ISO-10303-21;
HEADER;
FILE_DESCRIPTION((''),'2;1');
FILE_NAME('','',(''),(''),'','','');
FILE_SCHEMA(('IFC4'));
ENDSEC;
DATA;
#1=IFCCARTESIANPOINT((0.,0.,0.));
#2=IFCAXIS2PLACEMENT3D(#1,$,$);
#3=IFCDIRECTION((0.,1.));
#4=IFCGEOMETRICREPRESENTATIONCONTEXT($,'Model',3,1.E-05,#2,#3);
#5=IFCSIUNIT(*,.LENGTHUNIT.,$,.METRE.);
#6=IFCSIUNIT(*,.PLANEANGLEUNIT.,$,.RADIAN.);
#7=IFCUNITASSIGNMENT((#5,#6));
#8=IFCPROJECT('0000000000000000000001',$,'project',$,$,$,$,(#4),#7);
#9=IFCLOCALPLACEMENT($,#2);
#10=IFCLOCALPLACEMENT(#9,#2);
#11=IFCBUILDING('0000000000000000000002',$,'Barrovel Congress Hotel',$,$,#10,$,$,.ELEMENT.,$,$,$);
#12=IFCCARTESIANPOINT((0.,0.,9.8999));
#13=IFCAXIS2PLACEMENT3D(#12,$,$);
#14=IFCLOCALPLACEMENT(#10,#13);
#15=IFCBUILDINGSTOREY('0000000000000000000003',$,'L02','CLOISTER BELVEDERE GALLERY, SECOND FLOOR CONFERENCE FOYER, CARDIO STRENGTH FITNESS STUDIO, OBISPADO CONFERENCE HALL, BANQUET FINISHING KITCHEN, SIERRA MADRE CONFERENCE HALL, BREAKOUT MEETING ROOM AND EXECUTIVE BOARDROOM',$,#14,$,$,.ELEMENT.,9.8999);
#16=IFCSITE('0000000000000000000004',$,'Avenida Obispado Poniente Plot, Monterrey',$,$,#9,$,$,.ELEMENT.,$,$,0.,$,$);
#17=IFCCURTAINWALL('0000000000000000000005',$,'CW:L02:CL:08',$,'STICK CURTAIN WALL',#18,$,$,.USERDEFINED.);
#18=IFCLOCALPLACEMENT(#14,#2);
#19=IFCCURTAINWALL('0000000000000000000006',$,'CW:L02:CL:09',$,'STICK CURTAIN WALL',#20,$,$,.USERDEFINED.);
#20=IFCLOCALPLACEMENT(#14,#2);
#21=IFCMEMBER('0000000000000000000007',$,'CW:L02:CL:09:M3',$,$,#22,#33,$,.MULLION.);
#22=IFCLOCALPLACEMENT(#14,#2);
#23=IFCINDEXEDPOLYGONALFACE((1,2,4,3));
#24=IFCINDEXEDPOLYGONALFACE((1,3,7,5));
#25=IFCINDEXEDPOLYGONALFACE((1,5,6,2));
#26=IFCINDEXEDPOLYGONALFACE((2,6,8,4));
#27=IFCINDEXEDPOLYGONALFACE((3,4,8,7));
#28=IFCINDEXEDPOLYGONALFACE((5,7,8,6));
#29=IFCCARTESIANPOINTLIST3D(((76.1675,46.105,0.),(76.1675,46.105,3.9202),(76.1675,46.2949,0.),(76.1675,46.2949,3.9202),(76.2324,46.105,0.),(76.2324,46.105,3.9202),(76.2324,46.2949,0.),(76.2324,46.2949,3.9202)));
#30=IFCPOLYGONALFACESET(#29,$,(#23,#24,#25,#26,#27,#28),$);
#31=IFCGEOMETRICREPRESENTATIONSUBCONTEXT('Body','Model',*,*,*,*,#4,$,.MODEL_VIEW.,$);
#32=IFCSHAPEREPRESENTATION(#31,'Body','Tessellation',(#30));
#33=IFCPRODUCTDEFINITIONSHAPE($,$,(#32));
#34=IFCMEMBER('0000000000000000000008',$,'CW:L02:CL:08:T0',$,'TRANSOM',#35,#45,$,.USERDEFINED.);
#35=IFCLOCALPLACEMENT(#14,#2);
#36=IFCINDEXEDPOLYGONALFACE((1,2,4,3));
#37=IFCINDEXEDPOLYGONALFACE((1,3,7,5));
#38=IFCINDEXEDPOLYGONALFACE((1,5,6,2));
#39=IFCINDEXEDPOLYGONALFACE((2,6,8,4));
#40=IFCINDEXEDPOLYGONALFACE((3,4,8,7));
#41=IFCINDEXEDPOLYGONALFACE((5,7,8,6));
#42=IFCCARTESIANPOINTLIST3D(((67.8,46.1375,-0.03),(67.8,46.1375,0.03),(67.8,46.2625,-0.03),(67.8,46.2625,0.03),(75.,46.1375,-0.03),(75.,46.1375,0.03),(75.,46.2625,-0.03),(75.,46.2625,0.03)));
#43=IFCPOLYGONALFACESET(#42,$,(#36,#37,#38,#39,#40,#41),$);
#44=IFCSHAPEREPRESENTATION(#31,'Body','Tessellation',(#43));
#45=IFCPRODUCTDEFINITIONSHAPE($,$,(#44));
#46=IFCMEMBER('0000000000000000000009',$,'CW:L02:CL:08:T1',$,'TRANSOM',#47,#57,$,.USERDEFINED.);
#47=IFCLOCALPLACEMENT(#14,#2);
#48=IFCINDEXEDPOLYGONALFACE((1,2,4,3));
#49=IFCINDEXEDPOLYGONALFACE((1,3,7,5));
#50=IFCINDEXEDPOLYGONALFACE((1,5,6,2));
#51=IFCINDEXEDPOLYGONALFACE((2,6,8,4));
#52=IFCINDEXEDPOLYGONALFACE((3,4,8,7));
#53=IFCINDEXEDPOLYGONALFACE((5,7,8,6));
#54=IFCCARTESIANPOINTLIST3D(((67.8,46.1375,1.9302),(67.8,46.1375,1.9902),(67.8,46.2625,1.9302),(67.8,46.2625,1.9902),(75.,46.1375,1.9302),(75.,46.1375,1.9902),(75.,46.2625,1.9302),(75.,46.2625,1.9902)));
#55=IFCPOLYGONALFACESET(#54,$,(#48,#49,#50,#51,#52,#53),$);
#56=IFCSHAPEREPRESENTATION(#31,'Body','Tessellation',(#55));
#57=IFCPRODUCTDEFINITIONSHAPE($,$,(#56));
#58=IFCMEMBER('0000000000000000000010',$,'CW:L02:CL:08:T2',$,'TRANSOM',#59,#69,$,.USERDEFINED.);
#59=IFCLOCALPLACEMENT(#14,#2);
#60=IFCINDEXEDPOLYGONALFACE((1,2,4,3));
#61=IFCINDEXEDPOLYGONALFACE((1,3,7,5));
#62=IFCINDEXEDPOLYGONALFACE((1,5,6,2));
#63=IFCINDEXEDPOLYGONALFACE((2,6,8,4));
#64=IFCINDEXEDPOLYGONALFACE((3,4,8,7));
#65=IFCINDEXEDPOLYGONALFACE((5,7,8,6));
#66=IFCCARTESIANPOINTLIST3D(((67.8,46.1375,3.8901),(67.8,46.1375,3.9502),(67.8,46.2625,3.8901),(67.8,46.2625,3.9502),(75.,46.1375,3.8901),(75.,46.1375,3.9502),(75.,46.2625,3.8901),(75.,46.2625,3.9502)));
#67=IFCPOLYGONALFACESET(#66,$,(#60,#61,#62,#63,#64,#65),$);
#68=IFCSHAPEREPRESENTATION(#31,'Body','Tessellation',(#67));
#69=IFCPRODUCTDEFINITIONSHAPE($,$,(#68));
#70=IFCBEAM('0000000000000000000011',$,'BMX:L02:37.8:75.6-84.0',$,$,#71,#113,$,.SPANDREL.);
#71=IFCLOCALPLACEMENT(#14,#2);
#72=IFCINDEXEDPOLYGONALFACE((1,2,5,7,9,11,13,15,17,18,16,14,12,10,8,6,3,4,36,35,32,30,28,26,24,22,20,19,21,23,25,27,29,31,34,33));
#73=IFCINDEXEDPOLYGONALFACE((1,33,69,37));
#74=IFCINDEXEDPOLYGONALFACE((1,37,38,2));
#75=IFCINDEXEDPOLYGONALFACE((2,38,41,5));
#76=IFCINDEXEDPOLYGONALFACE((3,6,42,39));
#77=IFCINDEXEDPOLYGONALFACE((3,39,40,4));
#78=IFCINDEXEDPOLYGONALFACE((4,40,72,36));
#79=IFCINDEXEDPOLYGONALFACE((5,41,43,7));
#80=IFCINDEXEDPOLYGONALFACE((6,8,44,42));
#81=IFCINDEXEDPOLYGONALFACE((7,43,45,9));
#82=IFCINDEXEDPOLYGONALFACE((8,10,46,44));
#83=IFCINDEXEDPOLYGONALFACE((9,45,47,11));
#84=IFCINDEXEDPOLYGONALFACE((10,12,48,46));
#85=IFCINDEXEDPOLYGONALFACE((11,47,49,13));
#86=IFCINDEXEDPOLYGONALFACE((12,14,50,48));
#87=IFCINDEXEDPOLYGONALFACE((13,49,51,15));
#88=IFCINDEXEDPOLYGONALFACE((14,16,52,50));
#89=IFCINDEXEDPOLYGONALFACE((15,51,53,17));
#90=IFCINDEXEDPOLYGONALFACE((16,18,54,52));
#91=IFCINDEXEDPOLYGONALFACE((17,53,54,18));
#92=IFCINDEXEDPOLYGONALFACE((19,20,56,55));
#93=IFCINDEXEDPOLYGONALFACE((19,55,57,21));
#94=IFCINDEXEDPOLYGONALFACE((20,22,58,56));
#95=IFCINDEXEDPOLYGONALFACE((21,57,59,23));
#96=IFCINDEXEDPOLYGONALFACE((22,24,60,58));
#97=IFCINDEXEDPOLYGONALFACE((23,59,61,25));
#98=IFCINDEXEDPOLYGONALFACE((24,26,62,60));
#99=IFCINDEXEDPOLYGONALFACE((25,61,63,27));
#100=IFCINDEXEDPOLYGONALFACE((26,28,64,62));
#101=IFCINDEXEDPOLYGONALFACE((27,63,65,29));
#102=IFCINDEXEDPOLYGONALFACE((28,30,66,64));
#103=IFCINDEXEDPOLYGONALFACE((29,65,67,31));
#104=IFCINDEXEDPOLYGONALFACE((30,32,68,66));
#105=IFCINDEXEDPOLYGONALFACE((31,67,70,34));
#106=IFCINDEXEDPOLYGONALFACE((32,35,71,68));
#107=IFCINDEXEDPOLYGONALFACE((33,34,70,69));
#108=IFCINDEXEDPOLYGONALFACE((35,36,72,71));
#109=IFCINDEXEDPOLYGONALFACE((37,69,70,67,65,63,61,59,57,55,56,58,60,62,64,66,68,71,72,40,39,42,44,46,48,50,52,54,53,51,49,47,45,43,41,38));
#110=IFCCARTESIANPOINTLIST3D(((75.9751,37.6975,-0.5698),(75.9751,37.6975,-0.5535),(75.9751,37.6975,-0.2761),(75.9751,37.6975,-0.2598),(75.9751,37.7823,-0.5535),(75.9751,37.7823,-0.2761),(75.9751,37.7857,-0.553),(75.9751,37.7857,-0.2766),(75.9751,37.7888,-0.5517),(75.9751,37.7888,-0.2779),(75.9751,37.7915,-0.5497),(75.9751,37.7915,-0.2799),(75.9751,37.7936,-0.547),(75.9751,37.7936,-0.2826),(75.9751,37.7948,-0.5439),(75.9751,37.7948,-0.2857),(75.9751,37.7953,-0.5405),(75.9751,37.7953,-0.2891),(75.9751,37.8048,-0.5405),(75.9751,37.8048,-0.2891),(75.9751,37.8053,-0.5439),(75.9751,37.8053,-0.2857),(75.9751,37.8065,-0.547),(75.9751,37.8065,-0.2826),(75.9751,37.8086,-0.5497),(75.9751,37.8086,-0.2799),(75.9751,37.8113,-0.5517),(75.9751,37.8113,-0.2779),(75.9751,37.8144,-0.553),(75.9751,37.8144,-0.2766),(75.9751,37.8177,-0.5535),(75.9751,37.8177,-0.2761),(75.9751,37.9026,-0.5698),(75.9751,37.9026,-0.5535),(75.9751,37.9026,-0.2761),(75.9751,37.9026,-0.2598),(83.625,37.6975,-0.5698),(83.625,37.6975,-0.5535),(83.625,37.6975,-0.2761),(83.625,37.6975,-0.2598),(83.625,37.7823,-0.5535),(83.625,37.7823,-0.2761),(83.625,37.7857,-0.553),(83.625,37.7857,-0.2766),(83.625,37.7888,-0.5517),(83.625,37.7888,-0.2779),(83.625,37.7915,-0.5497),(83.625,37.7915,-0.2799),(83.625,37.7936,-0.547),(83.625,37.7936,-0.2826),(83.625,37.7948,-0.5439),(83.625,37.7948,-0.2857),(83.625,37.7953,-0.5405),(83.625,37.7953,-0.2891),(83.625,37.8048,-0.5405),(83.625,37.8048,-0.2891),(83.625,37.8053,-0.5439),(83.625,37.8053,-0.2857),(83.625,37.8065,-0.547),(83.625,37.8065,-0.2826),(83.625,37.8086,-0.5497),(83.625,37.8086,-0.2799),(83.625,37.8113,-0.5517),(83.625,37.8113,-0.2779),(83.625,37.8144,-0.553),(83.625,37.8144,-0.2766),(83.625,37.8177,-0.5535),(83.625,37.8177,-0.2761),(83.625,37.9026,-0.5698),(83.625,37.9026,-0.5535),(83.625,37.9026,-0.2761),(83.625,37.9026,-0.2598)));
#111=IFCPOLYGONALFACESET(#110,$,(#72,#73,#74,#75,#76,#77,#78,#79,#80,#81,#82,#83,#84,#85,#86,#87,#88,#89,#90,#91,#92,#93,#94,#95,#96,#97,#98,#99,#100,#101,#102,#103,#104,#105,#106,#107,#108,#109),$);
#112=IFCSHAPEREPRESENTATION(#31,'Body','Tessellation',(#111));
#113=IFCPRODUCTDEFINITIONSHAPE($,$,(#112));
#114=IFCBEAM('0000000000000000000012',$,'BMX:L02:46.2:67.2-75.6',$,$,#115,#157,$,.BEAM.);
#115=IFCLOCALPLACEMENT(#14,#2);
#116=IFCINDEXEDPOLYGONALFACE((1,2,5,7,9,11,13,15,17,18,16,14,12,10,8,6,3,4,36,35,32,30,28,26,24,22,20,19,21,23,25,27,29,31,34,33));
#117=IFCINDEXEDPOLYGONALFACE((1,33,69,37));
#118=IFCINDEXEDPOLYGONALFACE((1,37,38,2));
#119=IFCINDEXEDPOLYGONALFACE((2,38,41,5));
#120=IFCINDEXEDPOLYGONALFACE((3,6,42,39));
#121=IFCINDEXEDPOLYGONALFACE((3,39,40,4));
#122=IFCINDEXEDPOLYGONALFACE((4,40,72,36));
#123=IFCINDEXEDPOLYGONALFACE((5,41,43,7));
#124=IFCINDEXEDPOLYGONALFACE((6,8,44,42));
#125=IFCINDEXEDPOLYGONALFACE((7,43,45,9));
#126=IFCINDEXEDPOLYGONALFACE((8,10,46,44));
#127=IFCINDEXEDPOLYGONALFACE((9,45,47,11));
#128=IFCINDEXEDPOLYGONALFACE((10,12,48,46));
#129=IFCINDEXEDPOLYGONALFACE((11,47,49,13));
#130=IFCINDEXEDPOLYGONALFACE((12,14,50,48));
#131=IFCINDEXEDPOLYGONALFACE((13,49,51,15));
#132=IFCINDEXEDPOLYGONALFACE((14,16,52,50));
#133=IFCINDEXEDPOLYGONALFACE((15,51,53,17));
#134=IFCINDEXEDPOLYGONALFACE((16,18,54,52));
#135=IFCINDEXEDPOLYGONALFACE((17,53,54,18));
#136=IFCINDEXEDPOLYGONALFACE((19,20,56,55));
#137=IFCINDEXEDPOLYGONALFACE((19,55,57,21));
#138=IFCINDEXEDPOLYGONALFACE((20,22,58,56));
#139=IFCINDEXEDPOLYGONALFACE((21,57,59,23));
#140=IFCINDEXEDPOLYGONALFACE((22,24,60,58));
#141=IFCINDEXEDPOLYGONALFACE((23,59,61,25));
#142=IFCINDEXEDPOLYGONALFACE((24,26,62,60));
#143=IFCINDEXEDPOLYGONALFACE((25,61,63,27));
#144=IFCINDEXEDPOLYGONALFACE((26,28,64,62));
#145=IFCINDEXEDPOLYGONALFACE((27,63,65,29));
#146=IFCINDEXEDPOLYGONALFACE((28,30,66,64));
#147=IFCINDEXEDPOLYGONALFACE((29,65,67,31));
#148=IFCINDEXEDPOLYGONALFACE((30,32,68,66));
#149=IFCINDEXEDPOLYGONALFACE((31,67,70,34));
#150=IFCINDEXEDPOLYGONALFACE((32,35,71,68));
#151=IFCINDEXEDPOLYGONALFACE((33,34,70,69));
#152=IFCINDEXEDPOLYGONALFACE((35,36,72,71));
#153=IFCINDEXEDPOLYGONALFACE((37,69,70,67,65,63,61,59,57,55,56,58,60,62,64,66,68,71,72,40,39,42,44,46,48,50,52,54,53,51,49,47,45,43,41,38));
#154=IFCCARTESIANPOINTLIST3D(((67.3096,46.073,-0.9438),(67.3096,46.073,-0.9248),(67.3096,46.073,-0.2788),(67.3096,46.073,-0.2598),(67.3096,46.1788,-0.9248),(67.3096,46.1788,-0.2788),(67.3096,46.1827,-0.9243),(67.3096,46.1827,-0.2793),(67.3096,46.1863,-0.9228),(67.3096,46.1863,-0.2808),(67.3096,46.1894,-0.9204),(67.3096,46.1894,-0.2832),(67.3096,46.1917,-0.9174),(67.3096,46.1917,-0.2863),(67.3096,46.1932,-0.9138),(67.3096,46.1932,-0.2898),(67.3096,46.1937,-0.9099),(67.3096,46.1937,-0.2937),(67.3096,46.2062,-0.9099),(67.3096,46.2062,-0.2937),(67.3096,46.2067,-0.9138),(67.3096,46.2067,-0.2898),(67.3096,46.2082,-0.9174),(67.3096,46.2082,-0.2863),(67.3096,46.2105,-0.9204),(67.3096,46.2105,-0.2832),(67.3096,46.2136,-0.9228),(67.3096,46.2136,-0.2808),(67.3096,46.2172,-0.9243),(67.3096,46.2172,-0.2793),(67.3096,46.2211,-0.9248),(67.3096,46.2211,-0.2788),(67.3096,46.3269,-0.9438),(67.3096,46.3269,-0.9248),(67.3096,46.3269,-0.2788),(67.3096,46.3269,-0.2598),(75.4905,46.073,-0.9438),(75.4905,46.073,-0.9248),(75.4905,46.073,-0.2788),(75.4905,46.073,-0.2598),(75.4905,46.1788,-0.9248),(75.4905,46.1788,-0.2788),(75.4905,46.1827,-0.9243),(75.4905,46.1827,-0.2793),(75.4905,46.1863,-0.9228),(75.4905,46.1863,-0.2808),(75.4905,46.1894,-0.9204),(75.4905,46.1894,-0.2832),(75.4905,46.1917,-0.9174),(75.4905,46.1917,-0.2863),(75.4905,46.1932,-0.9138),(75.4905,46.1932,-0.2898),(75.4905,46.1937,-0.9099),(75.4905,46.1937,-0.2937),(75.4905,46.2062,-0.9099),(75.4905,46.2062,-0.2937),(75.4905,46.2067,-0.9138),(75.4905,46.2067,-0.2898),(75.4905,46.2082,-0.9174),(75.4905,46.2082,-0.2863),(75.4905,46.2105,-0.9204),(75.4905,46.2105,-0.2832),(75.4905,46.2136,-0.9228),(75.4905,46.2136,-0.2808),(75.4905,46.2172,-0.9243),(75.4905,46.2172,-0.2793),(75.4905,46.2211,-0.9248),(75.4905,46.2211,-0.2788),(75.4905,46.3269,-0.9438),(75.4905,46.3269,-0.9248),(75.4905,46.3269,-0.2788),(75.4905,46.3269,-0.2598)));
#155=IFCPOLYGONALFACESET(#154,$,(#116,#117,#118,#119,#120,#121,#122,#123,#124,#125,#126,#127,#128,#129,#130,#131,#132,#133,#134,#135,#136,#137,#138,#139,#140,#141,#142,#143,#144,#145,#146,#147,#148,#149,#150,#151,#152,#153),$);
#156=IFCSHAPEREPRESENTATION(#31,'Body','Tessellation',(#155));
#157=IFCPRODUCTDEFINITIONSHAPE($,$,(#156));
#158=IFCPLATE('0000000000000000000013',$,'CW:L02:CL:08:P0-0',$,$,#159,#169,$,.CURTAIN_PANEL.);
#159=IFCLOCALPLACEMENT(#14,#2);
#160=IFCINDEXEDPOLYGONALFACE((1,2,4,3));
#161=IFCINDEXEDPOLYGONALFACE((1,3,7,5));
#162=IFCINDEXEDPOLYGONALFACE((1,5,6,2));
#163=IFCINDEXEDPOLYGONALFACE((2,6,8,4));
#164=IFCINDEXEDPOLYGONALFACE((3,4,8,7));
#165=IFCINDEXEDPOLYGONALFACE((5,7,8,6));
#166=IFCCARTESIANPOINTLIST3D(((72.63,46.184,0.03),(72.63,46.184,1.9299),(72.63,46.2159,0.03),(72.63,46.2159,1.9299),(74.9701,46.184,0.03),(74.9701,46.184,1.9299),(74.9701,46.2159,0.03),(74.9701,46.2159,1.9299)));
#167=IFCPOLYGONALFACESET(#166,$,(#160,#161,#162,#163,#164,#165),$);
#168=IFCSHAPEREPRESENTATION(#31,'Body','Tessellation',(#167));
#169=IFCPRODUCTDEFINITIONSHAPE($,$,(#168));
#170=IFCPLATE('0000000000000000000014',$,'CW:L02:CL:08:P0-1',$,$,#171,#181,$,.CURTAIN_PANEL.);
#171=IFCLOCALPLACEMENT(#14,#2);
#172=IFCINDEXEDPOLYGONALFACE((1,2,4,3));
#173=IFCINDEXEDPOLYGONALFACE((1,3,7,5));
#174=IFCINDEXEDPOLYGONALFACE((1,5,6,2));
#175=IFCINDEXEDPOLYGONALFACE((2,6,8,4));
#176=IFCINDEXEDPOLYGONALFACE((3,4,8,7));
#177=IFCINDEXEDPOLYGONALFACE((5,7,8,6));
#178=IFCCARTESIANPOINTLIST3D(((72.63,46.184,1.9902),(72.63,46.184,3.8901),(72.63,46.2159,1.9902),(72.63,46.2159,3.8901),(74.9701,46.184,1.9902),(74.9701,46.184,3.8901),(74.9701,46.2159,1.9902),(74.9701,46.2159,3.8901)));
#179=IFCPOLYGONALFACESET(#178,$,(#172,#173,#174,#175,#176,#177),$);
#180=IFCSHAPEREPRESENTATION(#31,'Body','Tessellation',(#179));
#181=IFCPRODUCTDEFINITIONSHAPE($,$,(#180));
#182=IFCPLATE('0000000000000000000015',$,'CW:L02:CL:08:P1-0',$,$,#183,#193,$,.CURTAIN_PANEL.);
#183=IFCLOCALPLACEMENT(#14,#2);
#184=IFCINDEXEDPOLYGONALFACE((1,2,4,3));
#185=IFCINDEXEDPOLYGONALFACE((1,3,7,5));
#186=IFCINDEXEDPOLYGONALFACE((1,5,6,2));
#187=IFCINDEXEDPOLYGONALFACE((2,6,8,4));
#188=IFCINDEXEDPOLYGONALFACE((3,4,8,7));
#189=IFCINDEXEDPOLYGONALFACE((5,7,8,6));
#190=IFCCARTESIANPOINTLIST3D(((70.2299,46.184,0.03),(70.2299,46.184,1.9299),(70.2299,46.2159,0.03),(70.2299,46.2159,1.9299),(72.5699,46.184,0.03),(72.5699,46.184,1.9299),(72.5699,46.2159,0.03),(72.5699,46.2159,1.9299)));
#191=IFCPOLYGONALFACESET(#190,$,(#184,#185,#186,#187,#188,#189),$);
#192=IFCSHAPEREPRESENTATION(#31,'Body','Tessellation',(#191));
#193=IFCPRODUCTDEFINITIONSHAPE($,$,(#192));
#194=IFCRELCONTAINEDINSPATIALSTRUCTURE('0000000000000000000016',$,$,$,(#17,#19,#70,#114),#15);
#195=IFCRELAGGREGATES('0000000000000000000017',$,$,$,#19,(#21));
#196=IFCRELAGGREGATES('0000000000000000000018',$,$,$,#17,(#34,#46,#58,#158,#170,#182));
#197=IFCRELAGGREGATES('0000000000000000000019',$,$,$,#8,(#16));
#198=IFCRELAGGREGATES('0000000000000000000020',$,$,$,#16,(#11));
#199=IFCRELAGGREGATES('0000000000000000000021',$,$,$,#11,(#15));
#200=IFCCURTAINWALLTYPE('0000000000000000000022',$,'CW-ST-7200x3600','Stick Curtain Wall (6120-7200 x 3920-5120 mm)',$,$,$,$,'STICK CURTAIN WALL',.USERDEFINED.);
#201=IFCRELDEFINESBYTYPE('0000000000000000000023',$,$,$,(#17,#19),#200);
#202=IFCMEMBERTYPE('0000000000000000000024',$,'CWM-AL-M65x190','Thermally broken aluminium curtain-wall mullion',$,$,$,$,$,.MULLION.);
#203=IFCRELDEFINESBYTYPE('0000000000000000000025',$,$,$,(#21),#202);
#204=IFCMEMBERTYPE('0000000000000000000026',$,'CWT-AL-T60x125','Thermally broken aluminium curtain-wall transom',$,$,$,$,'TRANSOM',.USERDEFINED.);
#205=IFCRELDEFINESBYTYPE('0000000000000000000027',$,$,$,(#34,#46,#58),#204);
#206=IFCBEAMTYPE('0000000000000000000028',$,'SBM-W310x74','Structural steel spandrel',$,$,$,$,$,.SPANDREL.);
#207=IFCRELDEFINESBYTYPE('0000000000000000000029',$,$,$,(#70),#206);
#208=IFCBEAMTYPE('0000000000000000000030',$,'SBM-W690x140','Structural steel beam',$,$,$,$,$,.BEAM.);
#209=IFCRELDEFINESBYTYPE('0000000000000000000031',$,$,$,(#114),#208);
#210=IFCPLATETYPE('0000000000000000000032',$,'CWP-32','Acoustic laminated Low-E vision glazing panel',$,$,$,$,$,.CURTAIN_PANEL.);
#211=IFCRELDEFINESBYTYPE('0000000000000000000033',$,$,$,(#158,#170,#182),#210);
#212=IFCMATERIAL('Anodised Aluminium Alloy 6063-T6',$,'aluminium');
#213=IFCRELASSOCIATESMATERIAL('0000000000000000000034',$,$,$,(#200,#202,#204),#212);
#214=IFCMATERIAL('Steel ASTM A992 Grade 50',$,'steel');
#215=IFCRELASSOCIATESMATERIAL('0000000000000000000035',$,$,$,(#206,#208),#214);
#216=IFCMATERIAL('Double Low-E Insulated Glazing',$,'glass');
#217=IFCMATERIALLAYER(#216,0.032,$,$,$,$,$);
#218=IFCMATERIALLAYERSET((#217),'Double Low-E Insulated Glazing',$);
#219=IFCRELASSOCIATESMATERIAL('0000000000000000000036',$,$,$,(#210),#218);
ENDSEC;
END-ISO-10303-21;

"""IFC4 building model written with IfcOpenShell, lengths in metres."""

from ifc_helpers import new_model, si_unit, direction, frame, origin, origin_2d, place, context, subcontext, project, spatial, rectangle, i_section, extrude, material, layer, layer_set, material_profile, profile_set, type_object, element, aggregate, save


model = new_model("IFC4")

# Units and contexts
model_context = context("Model", 3, precision=1e-05, world=origin(), true_north=direction((0.0, 1.0)))
body_context = subcontext(model_context, "Body", "Model", "MODEL_VIEW")
ifc_project = project(units=[si_unit("LENGTHUNIT", "METRE"), si_unit("PLANEANGLEUNIT", "RADIAN")], contexts=[model_context])

# Site, building, storey
site_placement = place(None, origin())
site = spatial("IfcSite", under=ifc_project, at=site_placement, Name="Avenida Obispado Poniente Plot, Monterrey", CompositionType="ELEMENT", RefElevation=0.0)
building_placement = place(site_placement, origin())
building = spatial("IfcBuilding", under=site, at=building_placement, Name="Barrovel Congress Hotel", CompositionType="ELEMENT")
storey_placement = place(building_placement, frame((0.0, 0.0, 9.8999)))
storey = spatial("IfcBuildingStorey", under=building, at=storey_placement, Name="L02", Description="CLOISTER BELVEDERE GALLERY, SECOND FLOOR CONFERENCE FOYER, CARDIO STRENGTH FITNESS STUDIO, OBISPADO CONFERENCE HALL, BANQUET FINISHING KITCHEN, SIERRA MADRE CONFERENCE HALL, BREAKOUT MEETING ROOM AND EXECUTIVE BOARDROOM", CompositionType="ELEMENT", Elevation=9.8999)

# Curtain wall
ifc_material_1 = material(Name="Anodised Aluminium Alloy 6063-T6", Category="aluminium")
curtain_wall_type = type_object("IfcCurtainWallType", Name="CW-ST-7200x3600", Description="Stick Curtain Wall (6120-7200 x 3920-5120 mm)", ElementType="STICK CURTAIN WALL", PredefinedType="USERDEFINED", material=ifc_material_1)
curtain_wall_1_placement = place(storey_placement, origin())
curtain_wall_1 = element("IfcCurtainWall", 1, at=curtain_wall_1_placement, inside=storey, type_object=curtain_wall_type, Name="CW:L02:CL:08", ObjectType="STICK CURTAIN WALL", PredefinedType="USERDEFINED")

# Curtain wall, member
curtain_wall_2_placement = place(storey_placement, origin())
curtain_wall_2 = element("IfcCurtainWall", 2, at=curtain_wall_2_placement, inside=storey, type_object=curtain_wall_type, Name="CW:L02:CL:09", ObjectType="STICK CURTAIN WALL", PredefinedType="USERDEFINED")
ifc_material_profile_1 = material_profile(ifc_material_1, rectangle(XDim=0.0649, YDim=0.1899, at=origin_2d()), Name="AL-M65x190")
ifc_profile_set_1 = profile_set([ifc_material_profile_1], Name="Anodised Aluminium Alloy 6063-T6")
member_type_1 = type_object("IfcMemberType", Name="CWM-AL-M65x190", Description="Thermally broken aluminium curtain-wall mullion", PredefinedType="MULLION", material=ifc_profile_set_1)
member_1_placement = place(storey_placement, frame((76.2, 46.2, 0.0), z_axis=(0.0, 0.0, 1.0), x_axis=(1.0, 0.0, 0.0)))
member_1 = element("IfcMember", 3, at=member_1_placement, type_object=member_type_1, Name="CW:L02:CL:09:M3", PredefinedType="MULLION", context=body_context, shape_type="SweptSolid", body=[
    extrude(rectangle(XDim=0.0649, YDim=0.1899, at=origin_2d()), origin(), (0.0, 0.0, 1.0), 3.9202),
])
aggregate(curtain_wall_2, [member_1])

# Members
ifc_material_profile_2 = material_profile(ifc_material_1, rectangle(XDim=0.125, YDim=0.0601, at=origin_2d()), Name="AL-T60x125")
ifc_profile_set_2 = profile_set([ifc_material_profile_2], Name="Anodised Aluminium Alloy 6063-T6")
member_type_2 = type_object("IfcMemberType", Name="CWT-AL-T60x125", Description="Thermally broken aluminium curtain-wall transom", ElementType="TRANSOM", PredefinedType="USERDEFINED", material=ifc_profile_set_2)
member_2_placement = place(storey_placement, frame((75.0, 46.2, 0.0), z_axis=(-1.0, 0.0, 0.0), x_axis=(0.0, -1.0, 0.0)))
member_2 = element("IfcMember", 4, at=member_2_placement, type_object=member_type_2, Name="CW:L02:CL:08:T0", ObjectType="TRANSOM", PredefinedType="USERDEFINED", context=body_context, shape_type="SweptSolid", body=[
    extrude(rectangle(XDim=0.125, YDim=0.0601, at=origin_2d()), origin(), (0.0, 0.0, 1.0), 7.2),
])
member_3_placement = place(storey_placement, frame((75.0, 46.2, 1.9602), z_axis=(-1.0, 0.0, 0.0), x_axis=(0.0, -1.0, 0.0)))
member_3 = element("IfcMember", 5, at=member_3_placement, type_object=member_type_2, Name="CW:L02:CL:08:T1", ObjectType="TRANSOM", PredefinedType="USERDEFINED", context=body_context, shape_type="SweptSolid", body=[
    extrude(rectangle(XDim=0.125, YDim=0.0601, at=origin_2d()), origin(), (0.0, 0.0, 1.0), 7.2),
])
member_4_placement = place(storey_placement, frame((75.0, 46.2, 3.9202), z_axis=(-1.0, 0.0, 0.0), x_axis=(0.0, -1.0, 0.0)))
member_4 = element("IfcMember", 6, at=member_4_placement, type_object=member_type_2, Name="CW:L02:CL:08:T2", ObjectType="TRANSOM", PredefinedType="USERDEFINED", context=body_context, shape_type="SweptSolid", body=[
    extrude(rectangle(XDim=0.125, YDim=0.0601, at=origin_2d()), origin(), (0.0, 0.0, 1.0), 7.2),
])

# Beams
ifc_material_2 = material(Name="Steel ASTM A992 Grade 50", Category="steel")
ifc_material_profile_3 = material_profile(ifc_material_2, i_section(OverallWidth=0.2051, OverallDepth=0.3101, WebThickness=0.0095, FlangeThickness=0.0164, FilletRadius=0.0129, at=origin_2d()), Name="W310x74")
ifc_profile_set_3 = profile_set([ifc_material_profile_3], Name="Steel ASTM A992 Grade 50")
beam_type_1 = type_object("IfcBeamType", Name="SBM-W310x74", Description="Structural steel spandrel", PredefinedType="SPANDREL", material=ifc_profile_set_3)
beam_1_placement = place(storey_placement, frame((75.9751, 37.8, -0.4148), z_axis=(1.0, 0.0, 0.0), x_axis=(0.0, 1.0, 0.0)))
element("IfcBeam", 7, at=beam_1_placement, inside=storey, type_object=beam_type_1, Name="BMX:L02:37.8:75.6-84.0", PredefinedType="SPANDREL", context=body_context, shape_type="SweptSolid", body=[
    extrude(i_section(OverallWidth=0.2051, OverallDepth=0.3101, WebThickness=0.0095, FlangeThickness=0.0164, FilletRadius=0.0129, at=origin_2d()), origin(), (0.0, 0.0, 1.0), 7.6499),
])
ifc_material_profile_4 = material_profile(ifc_material_2, i_section(OverallWidth=0.2539, OverallDepth=0.6841, WebThickness=0.0125, FlangeThickness=0.019, FilletRadius=0.0149, at=origin_2d()), Name="W690x140")
ifc_profile_set_4 = profile_set([ifc_material_profile_4], Name="Steel ASTM A992 Grade 50")
beam_type_2 = type_object("IfcBeamType", Name="SBM-W690x140", Description="Structural steel beam", PredefinedType="BEAM", material=ifc_profile_set_4)
beam_2_placement = place(storey_placement, frame((67.3096, 46.2, -0.6018), z_axis=(1.0, 0.0, 0.0), x_axis=(0.0, 1.0, 0.0)))
element("IfcBeam", 8, at=beam_2_placement, inside=storey, type_object=beam_type_2, Name="BMX:L02:46.2:67.2-75.6", PredefinedType="BEAM", context=body_context, shape_type="SweptSolid", body=[
    extrude(i_section(OverallWidth=0.2539, OverallDepth=0.6841, WebThickness=0.0125, FlangeThickness=0.019, FilletRadius=0.0149, at=origin_2d()), origin(), (0.0, 0.0, 1.0), 8.1809),
])

# Plates
ifc_material_3 = material(Name="Double Low-E Insulated Glazing", Category="glass")
ifc_layer_1 = layer(ifc_material_3, 0.032)
ifc_layer_set_1 = layer_set([ifc_layer_1], Name="Double Low-E Insulated Glazing")
plate_type = type_object("IfcPlateType", Name="CWP-32", Description="Acoustic laminated Low-E vision glazing panel", PredefinedType="CURTAIN_PANEL", material=ifc_layer_set_1)
plate_1_placement = place(storey_placement, frame((73.8, 46.2, 0.03), z_axis=(0.0, 0.0, 1.0), x_axis=(-1.0, 0.0, 0.0)))
plate_1 = element("IfcPlate", 9, at=plate_1_placement, type_object=plate_type, Name="CW:L02:CL:08:P0-0", PredefinedType="CURTAIN_PANEL", context=body_context, shape_type="SweptSolid", body=[
    extrude(rectangle(XDim=2.3401, YDim=0.032, at=origin_2d()), origin(), (0.0, 0.0, 1.0), 1.8999),
])
plate_2_placement = place(storey_placement, frame((73.8, 46.2, 1.9902), z_axis=(0.0, 0.0, 1.0), x_axis=(-1.0, 0.0, 0.0)))
plate_2 = element("IfcPlate", 10, at=plate_2_placement, type_object=plate_type, Name="CW:L02:CL:08:P0-1", PredefinedType="CURTAIN_PANEL", context=body_context, shape_type="SweptSolid", body=[
    extrude(rectangle(XDim=2.3401, YDim=0.032, at=origin_2d()), origin(), (0.0, 0.0, 1.0), 1.8999),
])
plate_3_placement = place(storey_placement, frame((71.3999, 46.2, 0.03), z_axis=(0.0, 0.0, 1.0), x_axis=(-1.0, 0.0, 0.0)))
plate_3 = element("IfcPlate", 11, at=plate_3_placement, type_object=plate_type, Name="CW:L02:CL:08:P1-0", PredefinedType="CURTAIN_PANEL", context=body_context, shape_type="SweptSolid", body=[
    extrude(rectangle(XDim=2.3401, YDim=0.032, at=origin_2d()), origin(), (0.0, 0.0, 1.0), 1.8999),
])
aggregate(curtain_wall_1, [member_2, member_3, member_4, plate_1, plate_2, plate_3])

save(model, "model.ifc")
